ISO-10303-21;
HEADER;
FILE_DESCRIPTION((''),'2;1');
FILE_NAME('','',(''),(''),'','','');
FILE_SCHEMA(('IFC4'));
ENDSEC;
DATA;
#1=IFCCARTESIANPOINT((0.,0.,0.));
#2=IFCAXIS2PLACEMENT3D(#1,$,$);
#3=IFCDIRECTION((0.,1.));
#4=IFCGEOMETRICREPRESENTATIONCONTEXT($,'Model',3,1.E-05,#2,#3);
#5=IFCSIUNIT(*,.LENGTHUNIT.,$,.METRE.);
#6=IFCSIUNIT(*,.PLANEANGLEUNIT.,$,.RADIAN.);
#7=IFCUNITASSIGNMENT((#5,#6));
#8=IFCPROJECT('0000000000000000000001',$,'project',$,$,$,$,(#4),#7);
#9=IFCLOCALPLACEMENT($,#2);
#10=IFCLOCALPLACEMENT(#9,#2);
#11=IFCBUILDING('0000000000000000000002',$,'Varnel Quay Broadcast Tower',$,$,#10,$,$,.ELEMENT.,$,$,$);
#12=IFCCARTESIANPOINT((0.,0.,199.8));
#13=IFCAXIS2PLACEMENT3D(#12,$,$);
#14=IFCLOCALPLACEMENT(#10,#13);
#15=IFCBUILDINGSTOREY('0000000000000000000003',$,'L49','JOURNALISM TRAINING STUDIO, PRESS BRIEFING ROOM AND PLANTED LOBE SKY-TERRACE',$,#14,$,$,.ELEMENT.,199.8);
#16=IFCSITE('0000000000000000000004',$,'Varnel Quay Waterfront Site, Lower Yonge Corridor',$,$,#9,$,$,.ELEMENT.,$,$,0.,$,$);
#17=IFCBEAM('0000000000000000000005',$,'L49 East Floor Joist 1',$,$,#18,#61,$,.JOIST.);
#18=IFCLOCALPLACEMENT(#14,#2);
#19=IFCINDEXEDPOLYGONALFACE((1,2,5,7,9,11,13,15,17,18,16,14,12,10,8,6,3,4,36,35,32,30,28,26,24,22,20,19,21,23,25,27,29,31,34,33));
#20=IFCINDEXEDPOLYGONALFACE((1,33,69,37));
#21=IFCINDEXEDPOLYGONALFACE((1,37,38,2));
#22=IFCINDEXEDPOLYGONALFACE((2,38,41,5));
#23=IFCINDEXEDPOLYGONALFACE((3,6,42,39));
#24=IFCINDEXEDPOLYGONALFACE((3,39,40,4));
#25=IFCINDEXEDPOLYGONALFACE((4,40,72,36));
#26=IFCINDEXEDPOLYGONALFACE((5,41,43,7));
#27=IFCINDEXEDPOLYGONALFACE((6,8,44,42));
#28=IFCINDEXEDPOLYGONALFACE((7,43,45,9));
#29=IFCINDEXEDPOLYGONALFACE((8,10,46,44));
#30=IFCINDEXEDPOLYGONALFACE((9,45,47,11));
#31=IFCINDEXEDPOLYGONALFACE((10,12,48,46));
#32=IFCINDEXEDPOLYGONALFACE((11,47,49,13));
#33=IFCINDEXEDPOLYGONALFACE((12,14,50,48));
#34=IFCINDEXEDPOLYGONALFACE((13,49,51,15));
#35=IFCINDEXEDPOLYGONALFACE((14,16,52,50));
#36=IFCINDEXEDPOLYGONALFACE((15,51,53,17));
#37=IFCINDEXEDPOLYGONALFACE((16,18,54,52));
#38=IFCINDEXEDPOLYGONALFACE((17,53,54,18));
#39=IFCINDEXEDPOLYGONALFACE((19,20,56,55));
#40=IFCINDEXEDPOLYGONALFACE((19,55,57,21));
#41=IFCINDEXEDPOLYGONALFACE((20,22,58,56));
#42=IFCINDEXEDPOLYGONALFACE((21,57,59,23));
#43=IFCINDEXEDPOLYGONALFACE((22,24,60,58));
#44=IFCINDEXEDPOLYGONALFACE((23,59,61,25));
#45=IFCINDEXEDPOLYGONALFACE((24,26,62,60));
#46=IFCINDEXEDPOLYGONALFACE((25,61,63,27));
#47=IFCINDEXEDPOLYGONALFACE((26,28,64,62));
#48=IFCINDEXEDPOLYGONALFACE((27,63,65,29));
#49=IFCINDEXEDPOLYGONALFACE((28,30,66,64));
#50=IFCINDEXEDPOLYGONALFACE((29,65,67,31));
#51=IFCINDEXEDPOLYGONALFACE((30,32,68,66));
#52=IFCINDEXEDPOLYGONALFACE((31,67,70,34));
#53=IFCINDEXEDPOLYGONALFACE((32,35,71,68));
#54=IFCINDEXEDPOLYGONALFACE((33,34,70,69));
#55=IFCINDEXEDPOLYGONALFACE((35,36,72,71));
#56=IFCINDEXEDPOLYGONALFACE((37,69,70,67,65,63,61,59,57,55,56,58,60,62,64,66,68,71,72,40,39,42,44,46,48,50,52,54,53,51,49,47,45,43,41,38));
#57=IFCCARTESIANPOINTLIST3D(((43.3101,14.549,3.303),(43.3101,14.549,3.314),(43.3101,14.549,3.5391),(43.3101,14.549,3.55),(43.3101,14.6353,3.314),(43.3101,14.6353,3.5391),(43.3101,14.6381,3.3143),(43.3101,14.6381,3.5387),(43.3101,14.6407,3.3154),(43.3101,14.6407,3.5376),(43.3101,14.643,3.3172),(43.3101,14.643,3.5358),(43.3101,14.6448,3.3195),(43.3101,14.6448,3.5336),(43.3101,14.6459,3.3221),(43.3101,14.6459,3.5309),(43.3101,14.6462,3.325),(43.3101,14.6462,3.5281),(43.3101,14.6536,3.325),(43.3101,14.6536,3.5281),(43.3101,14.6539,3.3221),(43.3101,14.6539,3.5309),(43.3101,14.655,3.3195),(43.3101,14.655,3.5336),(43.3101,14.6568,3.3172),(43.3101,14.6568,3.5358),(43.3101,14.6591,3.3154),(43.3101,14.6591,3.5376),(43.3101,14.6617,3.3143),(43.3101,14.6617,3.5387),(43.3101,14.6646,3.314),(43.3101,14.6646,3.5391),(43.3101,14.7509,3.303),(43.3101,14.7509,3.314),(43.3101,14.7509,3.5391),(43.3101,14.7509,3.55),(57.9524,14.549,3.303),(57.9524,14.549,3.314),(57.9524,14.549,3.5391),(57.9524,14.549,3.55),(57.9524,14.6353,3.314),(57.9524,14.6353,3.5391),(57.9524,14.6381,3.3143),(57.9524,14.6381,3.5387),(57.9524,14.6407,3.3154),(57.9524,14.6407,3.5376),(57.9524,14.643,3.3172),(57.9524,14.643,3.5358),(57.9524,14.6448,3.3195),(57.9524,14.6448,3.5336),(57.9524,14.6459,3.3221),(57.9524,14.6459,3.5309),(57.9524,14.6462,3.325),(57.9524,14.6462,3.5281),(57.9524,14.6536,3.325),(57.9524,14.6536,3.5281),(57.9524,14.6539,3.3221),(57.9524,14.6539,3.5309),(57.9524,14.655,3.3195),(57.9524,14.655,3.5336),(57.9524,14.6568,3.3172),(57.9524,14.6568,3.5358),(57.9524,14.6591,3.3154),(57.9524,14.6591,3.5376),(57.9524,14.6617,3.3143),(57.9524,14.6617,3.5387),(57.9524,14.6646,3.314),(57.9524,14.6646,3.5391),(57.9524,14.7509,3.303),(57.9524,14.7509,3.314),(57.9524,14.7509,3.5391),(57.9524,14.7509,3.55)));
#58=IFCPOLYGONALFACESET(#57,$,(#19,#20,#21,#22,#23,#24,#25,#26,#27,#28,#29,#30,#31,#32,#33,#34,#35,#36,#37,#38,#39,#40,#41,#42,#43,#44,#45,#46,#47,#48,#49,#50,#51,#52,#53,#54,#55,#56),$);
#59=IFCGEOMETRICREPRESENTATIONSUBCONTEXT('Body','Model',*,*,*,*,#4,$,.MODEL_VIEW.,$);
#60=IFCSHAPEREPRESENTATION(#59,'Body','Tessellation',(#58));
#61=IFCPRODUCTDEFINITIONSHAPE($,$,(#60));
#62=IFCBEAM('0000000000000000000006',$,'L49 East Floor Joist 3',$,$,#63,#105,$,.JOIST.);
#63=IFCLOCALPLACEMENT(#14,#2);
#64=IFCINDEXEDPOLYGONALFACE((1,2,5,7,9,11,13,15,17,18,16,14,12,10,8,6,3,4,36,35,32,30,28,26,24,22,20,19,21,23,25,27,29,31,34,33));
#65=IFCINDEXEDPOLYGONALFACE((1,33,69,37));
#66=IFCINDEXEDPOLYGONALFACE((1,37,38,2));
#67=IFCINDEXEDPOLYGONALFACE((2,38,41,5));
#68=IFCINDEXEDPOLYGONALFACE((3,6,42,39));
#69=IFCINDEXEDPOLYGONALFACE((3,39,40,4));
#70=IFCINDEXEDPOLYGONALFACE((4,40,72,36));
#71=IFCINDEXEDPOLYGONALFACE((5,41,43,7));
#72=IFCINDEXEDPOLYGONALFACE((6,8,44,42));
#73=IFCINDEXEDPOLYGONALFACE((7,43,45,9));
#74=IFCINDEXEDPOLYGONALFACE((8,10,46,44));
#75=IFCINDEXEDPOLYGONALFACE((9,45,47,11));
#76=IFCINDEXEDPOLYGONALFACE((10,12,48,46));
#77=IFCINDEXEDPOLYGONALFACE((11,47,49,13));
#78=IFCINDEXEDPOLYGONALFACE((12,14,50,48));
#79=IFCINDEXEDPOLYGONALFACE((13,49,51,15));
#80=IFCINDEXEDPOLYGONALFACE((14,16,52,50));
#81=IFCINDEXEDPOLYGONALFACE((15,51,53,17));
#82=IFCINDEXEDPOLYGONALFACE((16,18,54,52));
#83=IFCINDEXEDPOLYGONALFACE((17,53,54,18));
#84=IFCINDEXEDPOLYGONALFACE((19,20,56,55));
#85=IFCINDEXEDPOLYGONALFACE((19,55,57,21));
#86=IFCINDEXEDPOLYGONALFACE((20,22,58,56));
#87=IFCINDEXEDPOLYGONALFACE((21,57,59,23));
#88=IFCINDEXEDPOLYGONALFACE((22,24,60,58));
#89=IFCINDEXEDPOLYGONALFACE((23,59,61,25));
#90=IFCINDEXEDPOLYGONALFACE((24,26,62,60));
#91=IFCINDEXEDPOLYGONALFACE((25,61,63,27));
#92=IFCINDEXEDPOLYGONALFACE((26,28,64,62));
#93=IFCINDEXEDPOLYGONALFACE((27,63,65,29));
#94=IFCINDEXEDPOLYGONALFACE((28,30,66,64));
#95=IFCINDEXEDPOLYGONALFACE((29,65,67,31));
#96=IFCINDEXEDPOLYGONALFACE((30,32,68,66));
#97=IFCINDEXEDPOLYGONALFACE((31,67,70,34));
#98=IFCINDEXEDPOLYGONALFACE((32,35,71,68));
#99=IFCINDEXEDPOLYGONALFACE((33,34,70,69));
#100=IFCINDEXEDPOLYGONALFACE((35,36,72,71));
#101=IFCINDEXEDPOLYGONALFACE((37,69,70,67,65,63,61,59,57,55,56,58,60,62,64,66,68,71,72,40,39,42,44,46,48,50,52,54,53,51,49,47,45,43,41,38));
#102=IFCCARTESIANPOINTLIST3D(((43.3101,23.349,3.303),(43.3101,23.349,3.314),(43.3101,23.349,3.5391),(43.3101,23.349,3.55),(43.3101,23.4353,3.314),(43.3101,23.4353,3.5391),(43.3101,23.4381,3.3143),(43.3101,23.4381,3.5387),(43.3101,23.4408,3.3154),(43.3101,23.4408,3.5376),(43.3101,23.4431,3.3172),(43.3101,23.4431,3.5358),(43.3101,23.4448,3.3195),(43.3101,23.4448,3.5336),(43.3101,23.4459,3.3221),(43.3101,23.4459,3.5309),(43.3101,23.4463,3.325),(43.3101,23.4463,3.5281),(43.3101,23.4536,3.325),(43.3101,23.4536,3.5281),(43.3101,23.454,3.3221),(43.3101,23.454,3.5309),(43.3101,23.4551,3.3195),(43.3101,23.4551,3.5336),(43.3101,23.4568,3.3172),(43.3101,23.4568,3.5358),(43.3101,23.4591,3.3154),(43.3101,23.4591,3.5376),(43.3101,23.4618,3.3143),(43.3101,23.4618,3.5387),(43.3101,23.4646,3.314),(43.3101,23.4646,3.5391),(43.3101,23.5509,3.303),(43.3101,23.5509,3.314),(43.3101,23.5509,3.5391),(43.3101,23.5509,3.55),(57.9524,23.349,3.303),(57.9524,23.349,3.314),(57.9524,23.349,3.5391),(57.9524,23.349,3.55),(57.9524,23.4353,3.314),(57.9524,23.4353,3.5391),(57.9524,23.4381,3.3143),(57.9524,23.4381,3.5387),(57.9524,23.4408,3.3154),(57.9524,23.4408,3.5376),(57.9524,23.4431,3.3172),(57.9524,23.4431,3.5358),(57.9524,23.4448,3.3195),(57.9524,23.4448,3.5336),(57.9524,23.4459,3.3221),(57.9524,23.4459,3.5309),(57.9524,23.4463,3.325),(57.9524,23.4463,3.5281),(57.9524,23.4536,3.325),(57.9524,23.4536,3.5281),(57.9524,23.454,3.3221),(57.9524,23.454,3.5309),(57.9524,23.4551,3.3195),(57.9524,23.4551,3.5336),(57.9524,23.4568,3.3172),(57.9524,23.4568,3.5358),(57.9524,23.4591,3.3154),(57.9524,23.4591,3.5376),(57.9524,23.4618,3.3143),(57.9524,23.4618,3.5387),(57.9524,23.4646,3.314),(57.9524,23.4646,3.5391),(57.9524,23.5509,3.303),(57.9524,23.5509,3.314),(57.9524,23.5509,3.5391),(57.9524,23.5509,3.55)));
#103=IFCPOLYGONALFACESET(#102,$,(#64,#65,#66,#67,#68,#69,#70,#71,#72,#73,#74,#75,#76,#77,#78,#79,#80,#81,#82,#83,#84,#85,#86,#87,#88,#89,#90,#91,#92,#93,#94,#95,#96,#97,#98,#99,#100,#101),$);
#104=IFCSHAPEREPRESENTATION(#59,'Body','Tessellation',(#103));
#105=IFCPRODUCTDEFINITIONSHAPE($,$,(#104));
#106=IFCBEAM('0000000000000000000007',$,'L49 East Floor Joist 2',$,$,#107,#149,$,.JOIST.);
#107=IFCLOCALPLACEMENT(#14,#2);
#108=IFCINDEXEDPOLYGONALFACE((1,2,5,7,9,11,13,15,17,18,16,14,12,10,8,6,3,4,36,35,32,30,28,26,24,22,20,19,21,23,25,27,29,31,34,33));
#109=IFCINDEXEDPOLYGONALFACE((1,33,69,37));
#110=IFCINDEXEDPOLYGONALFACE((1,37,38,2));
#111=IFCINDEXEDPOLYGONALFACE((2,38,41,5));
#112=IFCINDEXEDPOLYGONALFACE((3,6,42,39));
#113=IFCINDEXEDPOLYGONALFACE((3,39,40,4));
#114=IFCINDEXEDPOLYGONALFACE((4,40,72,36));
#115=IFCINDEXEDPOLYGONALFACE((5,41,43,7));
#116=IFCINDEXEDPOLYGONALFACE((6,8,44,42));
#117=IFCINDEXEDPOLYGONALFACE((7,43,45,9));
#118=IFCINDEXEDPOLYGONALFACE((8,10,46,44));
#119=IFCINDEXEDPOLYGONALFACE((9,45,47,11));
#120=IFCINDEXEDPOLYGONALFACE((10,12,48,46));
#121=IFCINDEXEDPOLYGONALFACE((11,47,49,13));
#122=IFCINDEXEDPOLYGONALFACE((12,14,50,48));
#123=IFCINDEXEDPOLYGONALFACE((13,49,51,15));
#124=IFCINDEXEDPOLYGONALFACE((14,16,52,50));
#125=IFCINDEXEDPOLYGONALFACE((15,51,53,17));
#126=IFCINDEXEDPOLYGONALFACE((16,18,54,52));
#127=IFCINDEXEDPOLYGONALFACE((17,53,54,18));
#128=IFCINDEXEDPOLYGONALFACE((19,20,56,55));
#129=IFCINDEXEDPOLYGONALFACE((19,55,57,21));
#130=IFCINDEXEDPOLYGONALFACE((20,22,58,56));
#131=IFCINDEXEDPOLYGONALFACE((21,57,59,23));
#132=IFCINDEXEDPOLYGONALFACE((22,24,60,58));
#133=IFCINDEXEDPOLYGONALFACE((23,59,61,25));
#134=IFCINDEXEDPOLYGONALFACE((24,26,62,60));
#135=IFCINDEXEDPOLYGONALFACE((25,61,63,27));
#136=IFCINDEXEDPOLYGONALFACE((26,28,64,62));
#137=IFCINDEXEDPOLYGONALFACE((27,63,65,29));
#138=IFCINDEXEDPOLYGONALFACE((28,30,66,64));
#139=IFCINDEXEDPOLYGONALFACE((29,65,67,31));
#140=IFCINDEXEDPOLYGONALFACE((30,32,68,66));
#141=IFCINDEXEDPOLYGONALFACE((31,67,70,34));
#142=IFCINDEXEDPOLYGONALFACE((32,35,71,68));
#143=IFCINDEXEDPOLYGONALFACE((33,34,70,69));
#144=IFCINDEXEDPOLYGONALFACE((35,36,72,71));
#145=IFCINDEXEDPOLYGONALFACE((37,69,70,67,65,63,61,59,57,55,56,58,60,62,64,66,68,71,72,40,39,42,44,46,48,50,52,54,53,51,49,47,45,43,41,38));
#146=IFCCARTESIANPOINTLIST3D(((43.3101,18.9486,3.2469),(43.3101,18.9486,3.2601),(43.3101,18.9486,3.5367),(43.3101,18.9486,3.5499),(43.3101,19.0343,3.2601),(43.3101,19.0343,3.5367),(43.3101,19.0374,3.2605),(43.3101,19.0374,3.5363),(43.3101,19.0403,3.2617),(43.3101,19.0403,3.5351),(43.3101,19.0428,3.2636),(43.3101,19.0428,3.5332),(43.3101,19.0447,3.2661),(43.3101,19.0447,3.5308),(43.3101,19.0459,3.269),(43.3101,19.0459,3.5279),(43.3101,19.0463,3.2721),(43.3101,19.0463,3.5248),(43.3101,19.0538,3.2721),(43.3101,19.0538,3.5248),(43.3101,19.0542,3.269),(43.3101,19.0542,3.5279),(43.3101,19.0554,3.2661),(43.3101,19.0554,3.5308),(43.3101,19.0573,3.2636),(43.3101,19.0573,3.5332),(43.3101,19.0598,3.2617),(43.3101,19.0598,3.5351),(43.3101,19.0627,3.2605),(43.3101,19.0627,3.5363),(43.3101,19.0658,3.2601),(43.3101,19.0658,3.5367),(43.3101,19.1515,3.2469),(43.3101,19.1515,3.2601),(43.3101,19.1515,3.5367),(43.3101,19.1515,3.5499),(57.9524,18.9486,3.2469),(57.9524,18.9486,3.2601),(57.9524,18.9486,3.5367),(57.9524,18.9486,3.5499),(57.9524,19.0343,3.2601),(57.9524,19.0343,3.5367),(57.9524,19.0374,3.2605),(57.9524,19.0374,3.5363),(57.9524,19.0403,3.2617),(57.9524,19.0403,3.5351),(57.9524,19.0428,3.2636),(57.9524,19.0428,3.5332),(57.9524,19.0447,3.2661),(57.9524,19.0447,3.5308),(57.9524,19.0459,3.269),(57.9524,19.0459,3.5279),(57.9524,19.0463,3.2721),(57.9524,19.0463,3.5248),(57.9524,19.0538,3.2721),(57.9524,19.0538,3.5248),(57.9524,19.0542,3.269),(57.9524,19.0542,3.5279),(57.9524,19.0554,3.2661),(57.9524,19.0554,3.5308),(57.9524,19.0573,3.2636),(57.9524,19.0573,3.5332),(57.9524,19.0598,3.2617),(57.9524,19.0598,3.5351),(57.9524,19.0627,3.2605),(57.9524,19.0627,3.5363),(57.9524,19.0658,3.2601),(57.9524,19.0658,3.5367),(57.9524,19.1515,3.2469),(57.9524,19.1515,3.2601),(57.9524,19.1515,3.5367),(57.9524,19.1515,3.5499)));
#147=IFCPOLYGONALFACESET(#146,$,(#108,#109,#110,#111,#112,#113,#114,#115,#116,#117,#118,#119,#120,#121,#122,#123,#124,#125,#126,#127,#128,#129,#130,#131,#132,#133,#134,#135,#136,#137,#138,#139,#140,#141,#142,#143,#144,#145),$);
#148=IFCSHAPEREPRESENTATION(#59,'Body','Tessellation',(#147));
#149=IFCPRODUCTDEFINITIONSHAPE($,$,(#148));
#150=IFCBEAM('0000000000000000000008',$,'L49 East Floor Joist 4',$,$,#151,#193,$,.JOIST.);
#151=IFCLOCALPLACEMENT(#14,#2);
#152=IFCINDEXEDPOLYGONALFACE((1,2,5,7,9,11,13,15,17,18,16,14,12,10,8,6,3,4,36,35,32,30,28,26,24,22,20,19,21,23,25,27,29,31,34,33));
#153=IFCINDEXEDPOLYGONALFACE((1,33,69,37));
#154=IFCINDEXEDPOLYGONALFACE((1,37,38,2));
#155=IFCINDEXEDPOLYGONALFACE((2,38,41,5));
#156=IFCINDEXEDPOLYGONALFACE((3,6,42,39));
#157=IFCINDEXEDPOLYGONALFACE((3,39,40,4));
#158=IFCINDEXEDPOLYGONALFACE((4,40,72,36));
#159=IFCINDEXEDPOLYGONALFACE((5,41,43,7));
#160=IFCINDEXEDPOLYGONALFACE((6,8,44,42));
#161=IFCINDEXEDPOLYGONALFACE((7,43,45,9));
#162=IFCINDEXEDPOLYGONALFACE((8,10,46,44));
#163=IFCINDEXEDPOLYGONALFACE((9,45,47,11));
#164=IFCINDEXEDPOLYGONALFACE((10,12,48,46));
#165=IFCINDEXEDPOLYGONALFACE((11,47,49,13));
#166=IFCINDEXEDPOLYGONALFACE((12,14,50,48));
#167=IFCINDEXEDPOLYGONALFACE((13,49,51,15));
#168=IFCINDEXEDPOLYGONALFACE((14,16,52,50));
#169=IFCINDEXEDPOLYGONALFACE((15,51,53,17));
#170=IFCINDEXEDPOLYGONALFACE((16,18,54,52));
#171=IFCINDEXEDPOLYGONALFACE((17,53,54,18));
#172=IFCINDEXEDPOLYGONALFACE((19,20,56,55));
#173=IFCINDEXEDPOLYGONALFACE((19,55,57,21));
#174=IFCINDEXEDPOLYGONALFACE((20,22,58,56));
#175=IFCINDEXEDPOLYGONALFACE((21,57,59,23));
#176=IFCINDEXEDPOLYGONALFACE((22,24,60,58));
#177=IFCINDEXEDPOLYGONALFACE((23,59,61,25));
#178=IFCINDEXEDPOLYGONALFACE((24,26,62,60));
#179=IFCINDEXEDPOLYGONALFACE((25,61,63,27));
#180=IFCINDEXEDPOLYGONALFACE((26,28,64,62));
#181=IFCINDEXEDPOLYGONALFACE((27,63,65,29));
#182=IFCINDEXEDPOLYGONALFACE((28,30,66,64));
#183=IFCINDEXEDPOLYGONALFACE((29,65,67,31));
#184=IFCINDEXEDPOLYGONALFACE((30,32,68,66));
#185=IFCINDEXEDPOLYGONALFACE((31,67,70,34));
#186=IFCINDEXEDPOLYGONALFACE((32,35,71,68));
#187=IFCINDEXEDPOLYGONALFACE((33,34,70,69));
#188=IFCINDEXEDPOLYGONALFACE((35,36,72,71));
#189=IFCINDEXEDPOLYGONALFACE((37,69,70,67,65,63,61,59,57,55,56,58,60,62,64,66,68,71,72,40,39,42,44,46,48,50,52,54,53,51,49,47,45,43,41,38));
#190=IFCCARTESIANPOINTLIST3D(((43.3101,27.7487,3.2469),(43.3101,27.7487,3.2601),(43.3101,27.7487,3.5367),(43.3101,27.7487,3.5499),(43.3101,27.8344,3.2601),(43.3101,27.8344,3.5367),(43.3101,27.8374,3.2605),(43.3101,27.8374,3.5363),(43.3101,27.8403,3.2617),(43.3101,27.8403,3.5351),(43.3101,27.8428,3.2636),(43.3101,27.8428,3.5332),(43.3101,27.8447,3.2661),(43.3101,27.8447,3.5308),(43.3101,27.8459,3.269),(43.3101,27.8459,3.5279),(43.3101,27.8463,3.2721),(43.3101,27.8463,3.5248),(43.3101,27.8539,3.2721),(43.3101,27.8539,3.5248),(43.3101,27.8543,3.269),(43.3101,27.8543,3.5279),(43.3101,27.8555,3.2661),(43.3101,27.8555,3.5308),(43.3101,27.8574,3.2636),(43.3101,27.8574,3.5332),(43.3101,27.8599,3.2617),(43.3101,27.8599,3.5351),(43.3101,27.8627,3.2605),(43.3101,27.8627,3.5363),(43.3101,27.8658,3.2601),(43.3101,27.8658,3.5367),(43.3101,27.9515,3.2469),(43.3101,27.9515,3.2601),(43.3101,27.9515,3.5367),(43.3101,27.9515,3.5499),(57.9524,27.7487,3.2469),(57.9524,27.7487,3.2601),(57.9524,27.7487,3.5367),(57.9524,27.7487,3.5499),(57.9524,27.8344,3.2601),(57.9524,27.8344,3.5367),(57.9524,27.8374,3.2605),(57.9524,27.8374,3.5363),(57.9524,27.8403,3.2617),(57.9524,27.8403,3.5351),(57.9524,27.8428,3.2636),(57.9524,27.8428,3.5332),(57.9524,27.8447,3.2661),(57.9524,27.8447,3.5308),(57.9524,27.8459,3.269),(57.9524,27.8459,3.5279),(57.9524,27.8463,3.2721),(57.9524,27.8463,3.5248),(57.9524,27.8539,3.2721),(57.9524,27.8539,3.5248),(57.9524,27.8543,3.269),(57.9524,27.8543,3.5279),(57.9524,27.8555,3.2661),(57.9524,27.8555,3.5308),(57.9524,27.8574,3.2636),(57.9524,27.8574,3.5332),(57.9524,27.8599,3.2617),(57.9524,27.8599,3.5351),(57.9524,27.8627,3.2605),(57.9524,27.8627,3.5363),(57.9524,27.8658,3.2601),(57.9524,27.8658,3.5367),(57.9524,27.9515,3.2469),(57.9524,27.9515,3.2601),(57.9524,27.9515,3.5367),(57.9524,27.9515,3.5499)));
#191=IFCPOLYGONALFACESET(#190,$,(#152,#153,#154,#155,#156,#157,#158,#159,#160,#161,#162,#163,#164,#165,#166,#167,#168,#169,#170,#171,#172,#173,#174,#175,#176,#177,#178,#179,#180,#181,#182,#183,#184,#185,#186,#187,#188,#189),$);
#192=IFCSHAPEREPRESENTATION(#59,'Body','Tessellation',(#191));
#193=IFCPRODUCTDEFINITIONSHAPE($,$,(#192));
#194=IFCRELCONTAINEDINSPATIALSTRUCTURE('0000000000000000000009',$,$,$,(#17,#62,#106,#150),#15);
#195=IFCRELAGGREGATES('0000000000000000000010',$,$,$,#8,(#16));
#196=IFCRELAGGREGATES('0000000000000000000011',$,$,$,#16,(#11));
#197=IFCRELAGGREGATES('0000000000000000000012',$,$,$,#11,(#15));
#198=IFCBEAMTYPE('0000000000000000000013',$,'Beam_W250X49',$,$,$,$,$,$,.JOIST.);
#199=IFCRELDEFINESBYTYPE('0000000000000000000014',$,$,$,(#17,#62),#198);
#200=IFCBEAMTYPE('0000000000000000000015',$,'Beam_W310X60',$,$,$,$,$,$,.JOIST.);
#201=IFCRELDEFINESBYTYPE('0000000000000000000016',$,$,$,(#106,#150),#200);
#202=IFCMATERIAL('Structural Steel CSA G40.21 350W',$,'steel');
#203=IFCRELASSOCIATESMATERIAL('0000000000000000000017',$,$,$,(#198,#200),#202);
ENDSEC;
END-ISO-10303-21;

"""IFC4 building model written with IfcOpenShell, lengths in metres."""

from ifc_helpers import new_model, si_unit, direction, frame, origin, origin_2d, place, context, subcontext, project, spatial, i_section, extrude, source, transform, mapped, material, material_profile, profile_set, type_object, type_shapes, element, save


model = new_model("IFC4")

# Units and contexts
model_context = context("Model", 3, precision=1e-05, world=origin(), true_north=direction((0.0, 1.0)))
body_context = subcontext(model_context, "Body", "Model", "MODEL_VIEW")
ifc_project = project(units=[si_unit("LENGTHUNIT", "METRE"), si_unit("PLANEANGLEUNIT", "RADIAN")], contexts=[model_context])

# Site, building, storey
site_placement = place(None, origin())
site = spatial("IfcSite", under=ifc_project, at=site_placement, Name="Varnel Quay Waterfront Site, Lower Yonge Corridor", CompositionType="ELEMENT", RefElevation=0.0)
building_placement = place(site_placement, origin())
building = spatial("IfcBuilding", under=site, at=building_placement, Name="Varnel Quay Broadcast Tower", CompositionType="ELEMENT")
storey_placement = place(building_placement, frame((0.0, 0.0, 199.8)))
storey = spatial("IfcBuildingStorey", under=building, at=storey_placement, Name="L49", Description="JOURNALISM TRAINING STUDIO, PRESS BRIEFING ROOM AND PLANTED LOBE SKY-TERRACE", CompositionType="ELEMENT", Elevation=199.8)

# Shared definitions
ifc_material_1 = material(Name="Structural Steel CSA G40.21 350W", Category="steel")

# Beams
ifc_material_profile_1 = material_profile(ifc_material_1, i_section(OverallWidth=0.2019, OverallDepth=0.2471, WebThickness=0.0073, FlangeThickness=0.011, FilletRadius=0.011, at=origin_2d()), Name="W250X49")
ifc_profile_set_1 = profile_set([ifc_material_profile_1], Name="Structural Steel CSA G40.21 350W")
beam_type_1 = type_object("IfcBeamType", Name="Beam_W250X49", PredefinedType="JOIST", material=ifc_profile_set_1)
shared_shape_1 = source(origin(), body_context, "Body", "SweptSolid", [
    extrude(i_section(OverallWidth=0.2019, OverallDepth=0.2471, WebThickness=0.0073, FlangeThickness=0.011, FilletRadius=0.011, at=origin_2d()), origin(), (0.0, 0.0, 1.0), 14.6423),
])
type_shapes(beam_type_1, [shared_shape_1])
for number, where, z_axis, x_axis, name in (
    (1, (43.3101, 14.6499, 3.4265), (1.0, 0.0, 0.0), (0.0, 1.0, 0.0), "L49 East Floor Joist 1"),
    (2, (43.3101, 23.45, 3.4265), (1.0, 0.0, 0.0), (0.0, 1.0, 0.0), "L49 East Floor Joist 3"),
):
    element("IfcBeam", number, at=place(storey_placement, frame(where, z_axis=z_axis, x_axis=x_axis)), inside=storey, type_object=beam_type_1, Name=name, PredefinedType="JOIST", context=body_context, shape_type="MappedRepresentation", body=[
        mapped(shared_shape_1, transform((0.0, 0.0, 0.0), x_axis=(1.0, 0.0, 0.0), y_axis=(0.0, 1.0, 0.0), z_axis=(0.0, 0.0, 1.0), scale=1.0)),
    ])
ifc_material_profile_2 = material_profile(ifc_material_1, i_section(OverallWidth=0.2029, OverallDepth=0.303, WebThickness=0.0076, FlangeThickness=0.0132, FilletRadius=0.012, at=origin_2d()), Name="W310X60")
ifc_profile_set_2 = profile_set([ifc_material_profile_2], Name="Structural Steel CSA G40.21 350W")
beam_type_2 = type_object("IfcBeamType", Name="Beam_W310X60", PredefinedType="JOIST", material=ifc_profile_set_2)
shared_shape_2 = source(origin(), body_context, "Body", "SweptSolid", [
    extrude(i_section(OverallWidth=0.2029, OverallDepth=0.303, WebThickness=0.0076, FlangeThickness=0.0132, FilletRadius=0.012, at=origin_2d()), origin(), (0.0, 0.0, 1.0), 14.6423),
])
type_shapes(beam_type_2, [shared_shape_2])
for number, where, z_axis, x_axis, name in (
    (3, (43.3101, 19.05, 3.3984), (1.0, 0.0, 0.0), (0.0, 1.0, 0.0), "L49 East Floor Joist 2"),
    (4, (43.3101, 27.8501, 3.3984), (1.0, 0.0, 0.0), (0.0, 1.0, 0.0), "L49 East Floor Joist 4"),
):
    element("IfcBeam", number, at=place(storey_placement, frame(where, z_axis=z_axis, x_axis=x_axis)), inside=storey, type_object=beam_type_2, Name=name, PredefinedType="JOIST", context=body_context, shape_type="MappedRepresentation", body=[
        mapped(shared_shape_2, transform((0.0, 0.0, 0.0), x_axis=(1.0, 0.0, 0.0), y_axis=(0.0, 1.0, 0.0), z_axis=(0.0, 0.0, 1.0), scale=1.0)),
    ])

save(model, "model.ifc")
